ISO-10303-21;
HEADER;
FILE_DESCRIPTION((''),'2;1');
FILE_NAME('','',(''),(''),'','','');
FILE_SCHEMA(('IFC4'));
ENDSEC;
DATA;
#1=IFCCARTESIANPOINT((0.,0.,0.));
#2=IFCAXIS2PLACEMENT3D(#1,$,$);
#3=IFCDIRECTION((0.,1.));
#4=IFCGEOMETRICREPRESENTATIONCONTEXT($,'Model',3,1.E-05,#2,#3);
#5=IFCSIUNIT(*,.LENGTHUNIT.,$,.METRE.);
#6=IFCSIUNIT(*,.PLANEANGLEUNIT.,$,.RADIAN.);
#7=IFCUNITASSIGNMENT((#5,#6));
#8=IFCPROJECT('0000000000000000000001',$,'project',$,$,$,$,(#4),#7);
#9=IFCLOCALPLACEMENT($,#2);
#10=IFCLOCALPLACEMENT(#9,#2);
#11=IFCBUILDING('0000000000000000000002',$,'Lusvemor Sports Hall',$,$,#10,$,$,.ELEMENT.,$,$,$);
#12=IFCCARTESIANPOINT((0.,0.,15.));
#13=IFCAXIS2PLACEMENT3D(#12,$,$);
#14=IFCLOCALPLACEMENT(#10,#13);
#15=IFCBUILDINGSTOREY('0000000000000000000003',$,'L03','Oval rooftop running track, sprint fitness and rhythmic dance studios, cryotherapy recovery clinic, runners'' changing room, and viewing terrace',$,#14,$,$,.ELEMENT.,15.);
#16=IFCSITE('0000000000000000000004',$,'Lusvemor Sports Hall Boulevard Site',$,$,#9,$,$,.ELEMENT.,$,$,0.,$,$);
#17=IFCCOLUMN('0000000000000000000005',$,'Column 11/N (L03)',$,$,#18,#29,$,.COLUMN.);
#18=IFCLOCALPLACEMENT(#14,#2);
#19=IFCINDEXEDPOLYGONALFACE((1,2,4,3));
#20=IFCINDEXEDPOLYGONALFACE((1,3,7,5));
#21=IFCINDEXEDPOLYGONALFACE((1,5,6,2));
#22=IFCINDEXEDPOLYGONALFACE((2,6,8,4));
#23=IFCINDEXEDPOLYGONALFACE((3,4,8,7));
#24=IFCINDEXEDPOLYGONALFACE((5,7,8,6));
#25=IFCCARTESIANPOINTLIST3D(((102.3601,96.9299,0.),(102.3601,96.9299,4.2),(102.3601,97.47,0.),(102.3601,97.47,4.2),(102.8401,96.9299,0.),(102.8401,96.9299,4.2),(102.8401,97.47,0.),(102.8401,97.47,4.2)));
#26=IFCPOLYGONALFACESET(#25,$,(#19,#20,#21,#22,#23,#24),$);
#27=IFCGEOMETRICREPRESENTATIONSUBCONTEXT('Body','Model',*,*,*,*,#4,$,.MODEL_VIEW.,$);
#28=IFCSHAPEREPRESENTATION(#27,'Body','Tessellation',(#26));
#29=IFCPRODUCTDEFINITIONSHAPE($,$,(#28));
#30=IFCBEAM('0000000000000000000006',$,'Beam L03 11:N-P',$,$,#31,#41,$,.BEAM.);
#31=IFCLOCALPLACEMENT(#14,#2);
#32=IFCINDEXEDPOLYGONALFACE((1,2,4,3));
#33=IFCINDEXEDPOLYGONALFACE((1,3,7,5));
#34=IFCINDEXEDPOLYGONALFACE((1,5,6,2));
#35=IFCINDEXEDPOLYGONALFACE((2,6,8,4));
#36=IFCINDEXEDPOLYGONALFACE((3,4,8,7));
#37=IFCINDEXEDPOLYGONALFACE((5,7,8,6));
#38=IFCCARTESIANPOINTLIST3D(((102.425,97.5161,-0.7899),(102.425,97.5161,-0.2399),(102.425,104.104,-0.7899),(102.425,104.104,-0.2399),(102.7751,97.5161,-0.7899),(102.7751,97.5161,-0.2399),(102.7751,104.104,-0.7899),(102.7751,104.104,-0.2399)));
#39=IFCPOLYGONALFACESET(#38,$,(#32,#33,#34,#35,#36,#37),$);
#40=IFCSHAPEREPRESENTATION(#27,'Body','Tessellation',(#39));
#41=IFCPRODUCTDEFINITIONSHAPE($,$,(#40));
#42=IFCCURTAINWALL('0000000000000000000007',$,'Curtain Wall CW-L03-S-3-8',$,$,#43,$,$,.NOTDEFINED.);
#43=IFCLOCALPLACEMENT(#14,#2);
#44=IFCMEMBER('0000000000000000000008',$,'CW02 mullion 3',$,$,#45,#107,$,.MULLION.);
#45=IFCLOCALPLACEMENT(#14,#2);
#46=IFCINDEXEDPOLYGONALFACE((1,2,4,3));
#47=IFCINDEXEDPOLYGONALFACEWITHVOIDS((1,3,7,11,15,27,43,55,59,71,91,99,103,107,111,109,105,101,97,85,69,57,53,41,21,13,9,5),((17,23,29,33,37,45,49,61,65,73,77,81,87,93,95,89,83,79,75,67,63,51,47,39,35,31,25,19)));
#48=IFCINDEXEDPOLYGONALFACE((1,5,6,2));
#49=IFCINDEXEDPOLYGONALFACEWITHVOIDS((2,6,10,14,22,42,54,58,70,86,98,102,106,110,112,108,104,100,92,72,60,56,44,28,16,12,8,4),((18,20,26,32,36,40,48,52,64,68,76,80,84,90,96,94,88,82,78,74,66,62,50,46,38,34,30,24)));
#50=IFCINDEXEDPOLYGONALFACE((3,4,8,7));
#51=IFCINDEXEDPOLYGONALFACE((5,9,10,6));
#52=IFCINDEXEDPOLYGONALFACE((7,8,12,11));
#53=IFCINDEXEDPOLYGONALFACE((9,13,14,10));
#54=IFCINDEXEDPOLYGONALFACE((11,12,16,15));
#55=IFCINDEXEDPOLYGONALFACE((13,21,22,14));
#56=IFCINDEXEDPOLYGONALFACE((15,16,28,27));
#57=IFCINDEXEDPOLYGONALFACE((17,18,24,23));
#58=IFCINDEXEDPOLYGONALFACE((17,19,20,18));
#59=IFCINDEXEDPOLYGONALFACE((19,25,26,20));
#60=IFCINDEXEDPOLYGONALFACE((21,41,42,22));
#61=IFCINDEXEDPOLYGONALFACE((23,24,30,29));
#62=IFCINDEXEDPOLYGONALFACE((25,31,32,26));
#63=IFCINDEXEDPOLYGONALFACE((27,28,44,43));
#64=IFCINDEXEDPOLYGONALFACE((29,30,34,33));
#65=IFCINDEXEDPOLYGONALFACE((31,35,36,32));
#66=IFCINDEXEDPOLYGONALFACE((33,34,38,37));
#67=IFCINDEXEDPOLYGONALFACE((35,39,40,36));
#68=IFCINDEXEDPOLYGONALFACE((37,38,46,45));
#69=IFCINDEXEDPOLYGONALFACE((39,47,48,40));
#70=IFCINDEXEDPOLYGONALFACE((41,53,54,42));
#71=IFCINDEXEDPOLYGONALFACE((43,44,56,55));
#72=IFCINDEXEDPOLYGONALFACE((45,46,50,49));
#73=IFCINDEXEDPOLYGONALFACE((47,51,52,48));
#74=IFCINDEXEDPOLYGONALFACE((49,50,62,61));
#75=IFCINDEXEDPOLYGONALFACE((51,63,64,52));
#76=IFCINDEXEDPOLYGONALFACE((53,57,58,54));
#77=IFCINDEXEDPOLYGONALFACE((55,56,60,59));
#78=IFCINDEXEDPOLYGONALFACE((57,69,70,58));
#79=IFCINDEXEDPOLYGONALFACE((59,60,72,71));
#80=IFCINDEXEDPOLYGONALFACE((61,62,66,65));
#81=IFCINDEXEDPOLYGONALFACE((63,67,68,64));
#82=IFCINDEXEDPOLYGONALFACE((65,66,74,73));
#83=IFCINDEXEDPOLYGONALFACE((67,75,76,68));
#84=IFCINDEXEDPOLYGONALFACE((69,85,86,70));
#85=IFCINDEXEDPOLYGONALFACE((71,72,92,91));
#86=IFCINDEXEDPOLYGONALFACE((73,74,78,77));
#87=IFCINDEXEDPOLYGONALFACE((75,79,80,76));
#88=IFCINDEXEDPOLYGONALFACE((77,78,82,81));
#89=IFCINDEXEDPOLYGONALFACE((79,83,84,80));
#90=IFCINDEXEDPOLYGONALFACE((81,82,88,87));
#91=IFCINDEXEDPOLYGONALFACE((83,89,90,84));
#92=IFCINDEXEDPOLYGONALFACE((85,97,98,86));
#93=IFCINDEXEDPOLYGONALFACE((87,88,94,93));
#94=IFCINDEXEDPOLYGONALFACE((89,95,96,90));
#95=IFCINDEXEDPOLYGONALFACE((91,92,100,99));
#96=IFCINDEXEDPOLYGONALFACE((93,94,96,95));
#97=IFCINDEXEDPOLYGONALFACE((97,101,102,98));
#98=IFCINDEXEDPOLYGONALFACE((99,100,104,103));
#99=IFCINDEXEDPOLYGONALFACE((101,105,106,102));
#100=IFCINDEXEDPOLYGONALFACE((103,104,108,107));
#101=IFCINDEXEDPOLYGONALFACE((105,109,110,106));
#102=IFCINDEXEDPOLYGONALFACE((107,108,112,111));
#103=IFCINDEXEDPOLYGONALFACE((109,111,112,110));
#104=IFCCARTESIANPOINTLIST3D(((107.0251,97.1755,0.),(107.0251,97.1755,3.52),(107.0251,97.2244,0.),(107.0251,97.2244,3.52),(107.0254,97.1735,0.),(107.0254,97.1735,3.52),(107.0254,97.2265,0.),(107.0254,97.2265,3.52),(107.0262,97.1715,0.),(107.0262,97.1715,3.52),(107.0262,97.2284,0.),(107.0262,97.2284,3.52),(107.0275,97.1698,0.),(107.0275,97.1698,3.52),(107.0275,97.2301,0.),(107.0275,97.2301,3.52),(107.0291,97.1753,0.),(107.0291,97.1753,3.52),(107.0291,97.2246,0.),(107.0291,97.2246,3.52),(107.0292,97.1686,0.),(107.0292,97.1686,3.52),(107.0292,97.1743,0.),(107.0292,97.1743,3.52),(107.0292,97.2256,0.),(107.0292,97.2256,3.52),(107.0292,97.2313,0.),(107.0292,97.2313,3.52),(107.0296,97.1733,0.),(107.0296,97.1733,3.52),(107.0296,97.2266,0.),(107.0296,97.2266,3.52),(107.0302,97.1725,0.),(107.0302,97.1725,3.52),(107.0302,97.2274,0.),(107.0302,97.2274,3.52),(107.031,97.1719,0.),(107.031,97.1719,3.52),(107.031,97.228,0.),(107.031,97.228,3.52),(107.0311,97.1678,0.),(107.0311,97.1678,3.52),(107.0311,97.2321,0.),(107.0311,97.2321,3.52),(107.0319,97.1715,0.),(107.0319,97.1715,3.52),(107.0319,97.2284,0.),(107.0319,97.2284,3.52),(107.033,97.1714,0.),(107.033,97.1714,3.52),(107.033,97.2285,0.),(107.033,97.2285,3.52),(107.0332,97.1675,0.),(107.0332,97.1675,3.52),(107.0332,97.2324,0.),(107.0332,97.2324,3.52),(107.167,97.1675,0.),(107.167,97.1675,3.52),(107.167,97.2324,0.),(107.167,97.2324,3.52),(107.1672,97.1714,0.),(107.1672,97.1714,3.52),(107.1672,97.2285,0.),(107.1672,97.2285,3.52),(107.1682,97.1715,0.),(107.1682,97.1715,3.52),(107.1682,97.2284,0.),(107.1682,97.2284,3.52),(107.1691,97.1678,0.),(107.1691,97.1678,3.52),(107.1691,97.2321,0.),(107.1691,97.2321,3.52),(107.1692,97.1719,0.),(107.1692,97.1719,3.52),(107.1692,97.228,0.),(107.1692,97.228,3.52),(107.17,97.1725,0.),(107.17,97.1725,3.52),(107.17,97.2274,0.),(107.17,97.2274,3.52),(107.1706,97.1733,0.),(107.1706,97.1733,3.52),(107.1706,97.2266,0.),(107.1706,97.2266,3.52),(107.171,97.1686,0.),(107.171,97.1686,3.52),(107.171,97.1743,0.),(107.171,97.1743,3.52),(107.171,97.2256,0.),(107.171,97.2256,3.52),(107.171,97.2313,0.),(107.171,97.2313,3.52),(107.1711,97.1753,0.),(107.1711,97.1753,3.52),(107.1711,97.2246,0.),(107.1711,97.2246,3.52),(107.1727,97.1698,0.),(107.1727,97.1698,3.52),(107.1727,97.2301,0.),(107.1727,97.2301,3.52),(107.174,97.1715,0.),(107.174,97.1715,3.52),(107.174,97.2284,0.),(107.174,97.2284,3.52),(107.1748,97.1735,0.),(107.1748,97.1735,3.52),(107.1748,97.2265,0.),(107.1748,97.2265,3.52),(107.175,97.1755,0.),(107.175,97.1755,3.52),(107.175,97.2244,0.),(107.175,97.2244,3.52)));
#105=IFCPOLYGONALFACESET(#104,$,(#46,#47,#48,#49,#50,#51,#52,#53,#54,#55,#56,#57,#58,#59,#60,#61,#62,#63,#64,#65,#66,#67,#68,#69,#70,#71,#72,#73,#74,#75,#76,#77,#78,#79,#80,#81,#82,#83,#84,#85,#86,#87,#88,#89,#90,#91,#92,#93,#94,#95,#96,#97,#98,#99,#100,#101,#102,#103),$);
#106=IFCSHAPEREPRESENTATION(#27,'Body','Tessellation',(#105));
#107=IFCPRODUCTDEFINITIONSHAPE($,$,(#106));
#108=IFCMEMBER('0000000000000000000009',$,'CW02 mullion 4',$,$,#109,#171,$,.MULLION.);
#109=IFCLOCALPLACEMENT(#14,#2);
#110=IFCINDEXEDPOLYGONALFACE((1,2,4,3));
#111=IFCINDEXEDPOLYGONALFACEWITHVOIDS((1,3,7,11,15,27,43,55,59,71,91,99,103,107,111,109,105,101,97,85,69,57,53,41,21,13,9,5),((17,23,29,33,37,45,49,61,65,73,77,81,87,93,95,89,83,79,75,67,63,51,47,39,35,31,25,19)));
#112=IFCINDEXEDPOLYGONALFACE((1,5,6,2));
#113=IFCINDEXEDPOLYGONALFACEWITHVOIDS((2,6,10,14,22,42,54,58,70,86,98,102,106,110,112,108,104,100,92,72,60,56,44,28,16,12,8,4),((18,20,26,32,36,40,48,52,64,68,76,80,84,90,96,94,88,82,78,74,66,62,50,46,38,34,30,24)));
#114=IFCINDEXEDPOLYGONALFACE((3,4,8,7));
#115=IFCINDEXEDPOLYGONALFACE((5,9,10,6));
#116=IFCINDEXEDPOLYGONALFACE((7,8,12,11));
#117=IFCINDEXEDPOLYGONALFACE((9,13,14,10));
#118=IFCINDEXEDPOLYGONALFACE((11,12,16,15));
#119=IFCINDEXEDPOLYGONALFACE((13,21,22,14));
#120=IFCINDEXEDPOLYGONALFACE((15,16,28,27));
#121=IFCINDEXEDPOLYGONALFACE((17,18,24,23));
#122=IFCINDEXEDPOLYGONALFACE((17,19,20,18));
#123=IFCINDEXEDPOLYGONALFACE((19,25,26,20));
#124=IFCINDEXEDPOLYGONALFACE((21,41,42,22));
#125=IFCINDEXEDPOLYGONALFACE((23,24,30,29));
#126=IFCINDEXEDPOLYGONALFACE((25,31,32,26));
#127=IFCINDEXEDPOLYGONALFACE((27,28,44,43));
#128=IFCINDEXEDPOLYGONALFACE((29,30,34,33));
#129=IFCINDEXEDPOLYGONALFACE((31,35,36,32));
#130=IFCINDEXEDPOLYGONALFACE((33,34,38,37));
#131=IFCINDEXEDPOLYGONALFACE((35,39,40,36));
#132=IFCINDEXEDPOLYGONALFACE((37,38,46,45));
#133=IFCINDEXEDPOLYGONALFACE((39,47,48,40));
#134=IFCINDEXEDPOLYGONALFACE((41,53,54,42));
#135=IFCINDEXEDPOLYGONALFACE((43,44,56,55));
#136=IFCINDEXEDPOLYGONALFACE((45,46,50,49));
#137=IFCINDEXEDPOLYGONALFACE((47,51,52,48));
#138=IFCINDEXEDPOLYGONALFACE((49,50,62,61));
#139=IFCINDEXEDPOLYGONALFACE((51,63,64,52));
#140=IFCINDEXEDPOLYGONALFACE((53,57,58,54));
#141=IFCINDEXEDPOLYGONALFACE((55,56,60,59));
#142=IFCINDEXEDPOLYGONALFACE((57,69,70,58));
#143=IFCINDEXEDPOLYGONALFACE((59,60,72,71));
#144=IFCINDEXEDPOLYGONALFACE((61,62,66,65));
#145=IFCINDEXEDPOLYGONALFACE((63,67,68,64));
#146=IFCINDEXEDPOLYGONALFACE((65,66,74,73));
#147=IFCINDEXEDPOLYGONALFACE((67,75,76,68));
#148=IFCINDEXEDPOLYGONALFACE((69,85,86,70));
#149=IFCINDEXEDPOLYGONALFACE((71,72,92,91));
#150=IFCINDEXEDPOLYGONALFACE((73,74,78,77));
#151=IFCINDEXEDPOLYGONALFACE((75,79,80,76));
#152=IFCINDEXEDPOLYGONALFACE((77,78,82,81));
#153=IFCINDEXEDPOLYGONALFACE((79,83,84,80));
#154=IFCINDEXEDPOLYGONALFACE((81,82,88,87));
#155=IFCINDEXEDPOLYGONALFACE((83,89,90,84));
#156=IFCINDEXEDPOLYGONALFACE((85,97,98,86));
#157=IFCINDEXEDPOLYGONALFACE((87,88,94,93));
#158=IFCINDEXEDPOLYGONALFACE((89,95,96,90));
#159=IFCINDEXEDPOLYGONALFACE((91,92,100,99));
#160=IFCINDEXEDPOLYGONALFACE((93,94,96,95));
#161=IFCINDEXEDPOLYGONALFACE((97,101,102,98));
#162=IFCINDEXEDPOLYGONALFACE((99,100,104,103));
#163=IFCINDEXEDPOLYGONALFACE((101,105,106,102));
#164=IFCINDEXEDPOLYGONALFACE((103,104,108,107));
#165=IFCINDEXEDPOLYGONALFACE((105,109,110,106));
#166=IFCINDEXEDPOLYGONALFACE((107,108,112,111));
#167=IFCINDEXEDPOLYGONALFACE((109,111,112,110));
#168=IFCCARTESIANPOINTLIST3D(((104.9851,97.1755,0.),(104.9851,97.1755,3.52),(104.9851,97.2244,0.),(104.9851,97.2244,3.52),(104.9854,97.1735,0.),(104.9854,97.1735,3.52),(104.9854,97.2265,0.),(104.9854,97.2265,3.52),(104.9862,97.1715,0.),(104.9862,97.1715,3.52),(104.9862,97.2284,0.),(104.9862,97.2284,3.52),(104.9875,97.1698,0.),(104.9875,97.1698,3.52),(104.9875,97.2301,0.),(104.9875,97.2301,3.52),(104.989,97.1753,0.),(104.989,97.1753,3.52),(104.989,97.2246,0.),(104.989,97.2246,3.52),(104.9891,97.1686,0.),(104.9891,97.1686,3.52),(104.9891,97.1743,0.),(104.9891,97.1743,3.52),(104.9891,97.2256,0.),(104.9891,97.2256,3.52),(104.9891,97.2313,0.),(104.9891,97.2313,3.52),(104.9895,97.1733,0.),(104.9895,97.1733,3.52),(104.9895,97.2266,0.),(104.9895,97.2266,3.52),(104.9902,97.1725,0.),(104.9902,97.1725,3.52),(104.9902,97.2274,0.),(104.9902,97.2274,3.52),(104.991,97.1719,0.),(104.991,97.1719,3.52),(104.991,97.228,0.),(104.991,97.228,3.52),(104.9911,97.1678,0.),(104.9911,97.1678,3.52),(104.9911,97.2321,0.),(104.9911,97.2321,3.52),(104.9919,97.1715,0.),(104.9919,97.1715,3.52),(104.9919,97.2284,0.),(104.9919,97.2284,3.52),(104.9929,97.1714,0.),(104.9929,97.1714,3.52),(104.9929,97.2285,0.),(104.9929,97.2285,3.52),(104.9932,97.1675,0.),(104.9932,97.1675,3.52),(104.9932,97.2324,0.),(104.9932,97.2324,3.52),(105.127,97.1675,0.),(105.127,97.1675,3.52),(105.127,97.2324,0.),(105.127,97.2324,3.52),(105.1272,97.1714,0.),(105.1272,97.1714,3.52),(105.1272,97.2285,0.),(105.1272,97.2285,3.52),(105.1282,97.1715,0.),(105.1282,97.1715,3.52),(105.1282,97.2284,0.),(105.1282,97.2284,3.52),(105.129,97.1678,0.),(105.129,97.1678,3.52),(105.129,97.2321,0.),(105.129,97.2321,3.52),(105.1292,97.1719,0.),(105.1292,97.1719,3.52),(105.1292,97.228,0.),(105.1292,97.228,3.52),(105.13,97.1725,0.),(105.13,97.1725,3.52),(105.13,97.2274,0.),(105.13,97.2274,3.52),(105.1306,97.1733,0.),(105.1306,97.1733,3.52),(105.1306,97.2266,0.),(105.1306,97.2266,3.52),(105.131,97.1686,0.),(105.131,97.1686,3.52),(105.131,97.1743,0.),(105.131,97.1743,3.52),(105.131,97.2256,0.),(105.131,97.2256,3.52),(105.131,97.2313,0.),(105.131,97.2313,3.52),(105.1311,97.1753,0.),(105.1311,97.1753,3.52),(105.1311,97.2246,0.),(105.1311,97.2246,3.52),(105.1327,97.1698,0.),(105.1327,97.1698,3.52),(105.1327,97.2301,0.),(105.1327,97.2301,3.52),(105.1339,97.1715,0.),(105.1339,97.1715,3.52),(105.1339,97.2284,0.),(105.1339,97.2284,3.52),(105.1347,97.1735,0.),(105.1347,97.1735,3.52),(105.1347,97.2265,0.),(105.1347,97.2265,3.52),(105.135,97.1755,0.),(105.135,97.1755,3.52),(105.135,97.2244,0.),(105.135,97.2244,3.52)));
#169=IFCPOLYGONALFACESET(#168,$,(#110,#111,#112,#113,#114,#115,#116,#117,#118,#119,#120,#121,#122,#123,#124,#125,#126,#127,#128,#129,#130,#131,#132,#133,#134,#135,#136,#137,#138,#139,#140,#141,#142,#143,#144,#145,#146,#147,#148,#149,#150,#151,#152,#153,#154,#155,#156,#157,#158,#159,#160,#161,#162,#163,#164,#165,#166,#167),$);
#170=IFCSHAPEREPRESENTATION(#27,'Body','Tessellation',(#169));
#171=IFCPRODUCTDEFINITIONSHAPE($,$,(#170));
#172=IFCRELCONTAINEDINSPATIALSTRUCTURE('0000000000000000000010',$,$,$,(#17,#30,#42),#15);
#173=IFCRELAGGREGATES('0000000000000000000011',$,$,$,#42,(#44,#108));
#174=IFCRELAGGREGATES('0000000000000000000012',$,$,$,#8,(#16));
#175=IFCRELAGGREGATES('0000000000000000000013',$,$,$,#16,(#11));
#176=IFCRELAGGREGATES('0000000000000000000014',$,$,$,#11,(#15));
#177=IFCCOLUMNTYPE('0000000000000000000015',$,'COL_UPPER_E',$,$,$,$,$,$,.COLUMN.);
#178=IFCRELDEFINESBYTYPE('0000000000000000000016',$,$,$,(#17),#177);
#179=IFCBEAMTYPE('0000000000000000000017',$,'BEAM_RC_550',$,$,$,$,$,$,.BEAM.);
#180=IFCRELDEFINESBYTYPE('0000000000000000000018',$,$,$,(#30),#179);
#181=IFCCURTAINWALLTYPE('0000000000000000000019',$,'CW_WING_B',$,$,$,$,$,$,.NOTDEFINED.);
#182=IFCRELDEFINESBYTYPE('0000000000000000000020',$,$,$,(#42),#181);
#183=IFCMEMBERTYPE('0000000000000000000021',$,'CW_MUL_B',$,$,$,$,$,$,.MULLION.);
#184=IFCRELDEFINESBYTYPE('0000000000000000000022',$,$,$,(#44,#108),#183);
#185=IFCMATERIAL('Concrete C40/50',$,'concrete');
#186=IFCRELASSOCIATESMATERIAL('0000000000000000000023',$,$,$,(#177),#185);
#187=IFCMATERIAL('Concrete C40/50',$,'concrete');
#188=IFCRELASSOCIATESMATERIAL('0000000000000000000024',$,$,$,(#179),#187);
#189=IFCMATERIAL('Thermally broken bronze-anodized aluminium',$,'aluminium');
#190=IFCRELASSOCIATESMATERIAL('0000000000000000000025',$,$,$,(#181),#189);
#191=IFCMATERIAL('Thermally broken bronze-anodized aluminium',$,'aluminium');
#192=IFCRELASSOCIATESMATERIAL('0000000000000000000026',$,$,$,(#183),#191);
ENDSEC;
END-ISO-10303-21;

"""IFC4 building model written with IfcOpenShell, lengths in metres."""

from ifc_helpers import new_model, si_unit, direction, frame, origin, origin_2d, place, context, subcontext, project, spatial, rectangle, hollow_rectangle, extrude, material, material_profile, profile_set, type_object, element, aggregate, save


model = new_model("IFC4")

# Units and contexts
model_context = context("Model", 3, precision=1e-05, world=origin(), true_north=direction((0.0, 1.0)))
body_context = subcontext(model_context, "Body", "Model", "MODEL_VIEW")
ifc_project = project(units=[si_unit("LENGTHUNIT", "METRE"), si_unit("PLANEANGLEUNIT", "RADIAN")], contexts=[model_context])

# Site, building, storey
site_placement = place(None, origin())
site = spatial("IfcSite", under=ifc_project, at=site_placement, Name="Lusvemor Sports Hall Boulevard Site", CompositionType="ELEMENT", RefElevation=0.0)
building_placement = place(site_placement, origin())
building = spatial("IfcBuilding", under=site, at=building_placement, Name="Lusvemor Sports Hall", CompositionType="ELEMENT")
storey_placement = place(building_placement, frame((0.0, 0.0, 15.0)))
storey = spatial("IfcBuildingStorey", under=building, at=storey_placement, Name="L03", Description="Oval rooftop running track, sprint fitness and rhythmic dance studios, cryotherapy recovery clinic, runners' changing room, and viewing terrace", CompositionType="ELEMENT", Elevation=15.0)

# Column
ifc_material_1 = material(Name="Concrete C40/50", Category="concrete")
ifc_material_profile_1 = material_profile(ifc_material_1, rectangle(XDim=0.48, YDim=0.54, at=origin_2d()), Name="RC480x540")
ifc_profile_set_1 = profile_set([ifc_material_profile_1], Name="Concrete C40/50")
column_type = type_object("IfcColumnType", Name="COL_UPPER_E", PredefinedType="COLUMN", material=ifc_profile_set_1)
column_placement = place(storey_placement, frame((102.6001, 97.2, 0.0), z_axis=(0.0, 0.0, 1.0), x_axis=(1.0, 0.0, 0.0)))
element("IfcColumn", 1, at=column_placement, inside=storey, type_object=column_type, Name="Column 11/N (L03)", PredefinedType="COLUMN", context=body_context, shape_type="SweptSolid", body=[
    extrude(rectangle(XDim=0.48, YDim=0.54, at=origin_2d()), origin(), (0.0, 0.0, 1.0), 4.2),
])

# Beam
ifc_material_2 = material(Name="Concrete C40/50", Category="concrete")
ifc_material_profile_2 = material_profile(ifc_material_2, rectangle(XDim=0.3501, YDim=0.55, at=origin_2d()), Name="RC350x550")
ifc_profile_set_2 = profile_set([ifc_material_profile_2], Name="Concrete C40/50")
beam_type_1 = type_object("IfcBeamType", Name="BEAM_RC_550", PredefinedType="BEAM", material=ifc_profile_set_2)
beam_1_placement = place(storey_placement, frame((102.6001, 97.5161, -0.5149), z_axis=(0.0, 1.0, 0.0), x_axis=(-1.0, 0.0, 0.0)))
element("IfcBeam", 2, at=beam_1_placement, inside=storey, type_object=beam_type_1, Name="Beam L03 11:N-P", PredefinedType="BEAM", context=body_context, shape_type="SweptSolid", body=[
    extrude(rectangle(XDim=0.3501, YDim=0.55, at=origin_2d()), origin(), (0.0, 0.0, 1.0), 6.5879),
])

# Curtain wall, members
ifc_material_3 = material(Name="Thermally broken bronze-anodized aluminium", Category="aluminium")
curtain_wall_type = type_object("IfcCurtainWallType", Name="CW_WING_B", PredefinedType="NOTDEFINED", material=ifc_material_3)
curtain_wall_placement = place(storey_placement, origin())
curtain_wall = element("IfcCurtainWall", 3, at=curtain_wall_placement, inside=storey, type_object=curtain_wall_type, Name="Curtain Wall CW-L03-S-3-8", PredefinedType="NOTDEFINED")
ifc_material_4 = material(Name="Thermally broken bronze-anodized aluminium", Category="aluminium")
ifc_material_profile_3 = material_profile(ifc_material_4, hollow_rectangle(XDim=0.0649, YDim=0.1499, WallThickness=0.0039, InnerFilletRadius=0.0039, OuterFilletRadius=0.0081, at=origin_2d()), Name="CWMUL150x65x4")
ifc_profile_set_3 = profile_set([ifc_material_profile_3], Name="Thermally broken bronze-anodized aluminium")
member_type_1 = type_object("IfcMemberType", Name="CW_MUL_B", PredefinedType="MULLION", material=ifc_profile_set_3)
member_1_placement = place(storey_placement, frame((107.1001, 97.2, 0.0), z_axis=(0.0, 0.0, 1.0), x_axis=(0.0, -1.0, 0.0)))
member_1 = element("IfcMember", 4, at=member_1_placement, type_object=member_type_1, Name="CW02 mullion 3", PredefinedType="MULLION", context=body_context, shape_type="SweptSolid", body=[
    extrude(hollow_rectangle(XDim=0.0649, YDim=0.1499, WallThickness=0.0039, InnerFilletRadius=0.0039, OuterFilletRadius=0.0081, at=origin_2d()), origin(), (0.0, 0.0, 1.0), 3.52),
])
member_2_placement = place(storey_placement, frame((105.0601, 97.2, 0.0), z_axis=(0.0, 0.0, 1.0), x_axis=(0.0, -1.0, 0.0)))
member_2 = element("IfcMember", 5, at=member_2_placement, type_object=member_type_1, Name="CW02 mullion 4", PredefinedType="MULLION", context=body_context, shape_type="SweptSolid", body=[
    extrude(hollow_rectangle(XDim=0.0649, YDim=0.1499, WallThickness=0.0039, InnerFilletRadius=0.0039, OuterFilletRadius=0.0081, at=origin_2d()), origin(), (0.0, 0.0, 1.0), 3.52),
])

aggregate(curtain_wall, [member_1, member_2])

save(model, "model.ifc")
